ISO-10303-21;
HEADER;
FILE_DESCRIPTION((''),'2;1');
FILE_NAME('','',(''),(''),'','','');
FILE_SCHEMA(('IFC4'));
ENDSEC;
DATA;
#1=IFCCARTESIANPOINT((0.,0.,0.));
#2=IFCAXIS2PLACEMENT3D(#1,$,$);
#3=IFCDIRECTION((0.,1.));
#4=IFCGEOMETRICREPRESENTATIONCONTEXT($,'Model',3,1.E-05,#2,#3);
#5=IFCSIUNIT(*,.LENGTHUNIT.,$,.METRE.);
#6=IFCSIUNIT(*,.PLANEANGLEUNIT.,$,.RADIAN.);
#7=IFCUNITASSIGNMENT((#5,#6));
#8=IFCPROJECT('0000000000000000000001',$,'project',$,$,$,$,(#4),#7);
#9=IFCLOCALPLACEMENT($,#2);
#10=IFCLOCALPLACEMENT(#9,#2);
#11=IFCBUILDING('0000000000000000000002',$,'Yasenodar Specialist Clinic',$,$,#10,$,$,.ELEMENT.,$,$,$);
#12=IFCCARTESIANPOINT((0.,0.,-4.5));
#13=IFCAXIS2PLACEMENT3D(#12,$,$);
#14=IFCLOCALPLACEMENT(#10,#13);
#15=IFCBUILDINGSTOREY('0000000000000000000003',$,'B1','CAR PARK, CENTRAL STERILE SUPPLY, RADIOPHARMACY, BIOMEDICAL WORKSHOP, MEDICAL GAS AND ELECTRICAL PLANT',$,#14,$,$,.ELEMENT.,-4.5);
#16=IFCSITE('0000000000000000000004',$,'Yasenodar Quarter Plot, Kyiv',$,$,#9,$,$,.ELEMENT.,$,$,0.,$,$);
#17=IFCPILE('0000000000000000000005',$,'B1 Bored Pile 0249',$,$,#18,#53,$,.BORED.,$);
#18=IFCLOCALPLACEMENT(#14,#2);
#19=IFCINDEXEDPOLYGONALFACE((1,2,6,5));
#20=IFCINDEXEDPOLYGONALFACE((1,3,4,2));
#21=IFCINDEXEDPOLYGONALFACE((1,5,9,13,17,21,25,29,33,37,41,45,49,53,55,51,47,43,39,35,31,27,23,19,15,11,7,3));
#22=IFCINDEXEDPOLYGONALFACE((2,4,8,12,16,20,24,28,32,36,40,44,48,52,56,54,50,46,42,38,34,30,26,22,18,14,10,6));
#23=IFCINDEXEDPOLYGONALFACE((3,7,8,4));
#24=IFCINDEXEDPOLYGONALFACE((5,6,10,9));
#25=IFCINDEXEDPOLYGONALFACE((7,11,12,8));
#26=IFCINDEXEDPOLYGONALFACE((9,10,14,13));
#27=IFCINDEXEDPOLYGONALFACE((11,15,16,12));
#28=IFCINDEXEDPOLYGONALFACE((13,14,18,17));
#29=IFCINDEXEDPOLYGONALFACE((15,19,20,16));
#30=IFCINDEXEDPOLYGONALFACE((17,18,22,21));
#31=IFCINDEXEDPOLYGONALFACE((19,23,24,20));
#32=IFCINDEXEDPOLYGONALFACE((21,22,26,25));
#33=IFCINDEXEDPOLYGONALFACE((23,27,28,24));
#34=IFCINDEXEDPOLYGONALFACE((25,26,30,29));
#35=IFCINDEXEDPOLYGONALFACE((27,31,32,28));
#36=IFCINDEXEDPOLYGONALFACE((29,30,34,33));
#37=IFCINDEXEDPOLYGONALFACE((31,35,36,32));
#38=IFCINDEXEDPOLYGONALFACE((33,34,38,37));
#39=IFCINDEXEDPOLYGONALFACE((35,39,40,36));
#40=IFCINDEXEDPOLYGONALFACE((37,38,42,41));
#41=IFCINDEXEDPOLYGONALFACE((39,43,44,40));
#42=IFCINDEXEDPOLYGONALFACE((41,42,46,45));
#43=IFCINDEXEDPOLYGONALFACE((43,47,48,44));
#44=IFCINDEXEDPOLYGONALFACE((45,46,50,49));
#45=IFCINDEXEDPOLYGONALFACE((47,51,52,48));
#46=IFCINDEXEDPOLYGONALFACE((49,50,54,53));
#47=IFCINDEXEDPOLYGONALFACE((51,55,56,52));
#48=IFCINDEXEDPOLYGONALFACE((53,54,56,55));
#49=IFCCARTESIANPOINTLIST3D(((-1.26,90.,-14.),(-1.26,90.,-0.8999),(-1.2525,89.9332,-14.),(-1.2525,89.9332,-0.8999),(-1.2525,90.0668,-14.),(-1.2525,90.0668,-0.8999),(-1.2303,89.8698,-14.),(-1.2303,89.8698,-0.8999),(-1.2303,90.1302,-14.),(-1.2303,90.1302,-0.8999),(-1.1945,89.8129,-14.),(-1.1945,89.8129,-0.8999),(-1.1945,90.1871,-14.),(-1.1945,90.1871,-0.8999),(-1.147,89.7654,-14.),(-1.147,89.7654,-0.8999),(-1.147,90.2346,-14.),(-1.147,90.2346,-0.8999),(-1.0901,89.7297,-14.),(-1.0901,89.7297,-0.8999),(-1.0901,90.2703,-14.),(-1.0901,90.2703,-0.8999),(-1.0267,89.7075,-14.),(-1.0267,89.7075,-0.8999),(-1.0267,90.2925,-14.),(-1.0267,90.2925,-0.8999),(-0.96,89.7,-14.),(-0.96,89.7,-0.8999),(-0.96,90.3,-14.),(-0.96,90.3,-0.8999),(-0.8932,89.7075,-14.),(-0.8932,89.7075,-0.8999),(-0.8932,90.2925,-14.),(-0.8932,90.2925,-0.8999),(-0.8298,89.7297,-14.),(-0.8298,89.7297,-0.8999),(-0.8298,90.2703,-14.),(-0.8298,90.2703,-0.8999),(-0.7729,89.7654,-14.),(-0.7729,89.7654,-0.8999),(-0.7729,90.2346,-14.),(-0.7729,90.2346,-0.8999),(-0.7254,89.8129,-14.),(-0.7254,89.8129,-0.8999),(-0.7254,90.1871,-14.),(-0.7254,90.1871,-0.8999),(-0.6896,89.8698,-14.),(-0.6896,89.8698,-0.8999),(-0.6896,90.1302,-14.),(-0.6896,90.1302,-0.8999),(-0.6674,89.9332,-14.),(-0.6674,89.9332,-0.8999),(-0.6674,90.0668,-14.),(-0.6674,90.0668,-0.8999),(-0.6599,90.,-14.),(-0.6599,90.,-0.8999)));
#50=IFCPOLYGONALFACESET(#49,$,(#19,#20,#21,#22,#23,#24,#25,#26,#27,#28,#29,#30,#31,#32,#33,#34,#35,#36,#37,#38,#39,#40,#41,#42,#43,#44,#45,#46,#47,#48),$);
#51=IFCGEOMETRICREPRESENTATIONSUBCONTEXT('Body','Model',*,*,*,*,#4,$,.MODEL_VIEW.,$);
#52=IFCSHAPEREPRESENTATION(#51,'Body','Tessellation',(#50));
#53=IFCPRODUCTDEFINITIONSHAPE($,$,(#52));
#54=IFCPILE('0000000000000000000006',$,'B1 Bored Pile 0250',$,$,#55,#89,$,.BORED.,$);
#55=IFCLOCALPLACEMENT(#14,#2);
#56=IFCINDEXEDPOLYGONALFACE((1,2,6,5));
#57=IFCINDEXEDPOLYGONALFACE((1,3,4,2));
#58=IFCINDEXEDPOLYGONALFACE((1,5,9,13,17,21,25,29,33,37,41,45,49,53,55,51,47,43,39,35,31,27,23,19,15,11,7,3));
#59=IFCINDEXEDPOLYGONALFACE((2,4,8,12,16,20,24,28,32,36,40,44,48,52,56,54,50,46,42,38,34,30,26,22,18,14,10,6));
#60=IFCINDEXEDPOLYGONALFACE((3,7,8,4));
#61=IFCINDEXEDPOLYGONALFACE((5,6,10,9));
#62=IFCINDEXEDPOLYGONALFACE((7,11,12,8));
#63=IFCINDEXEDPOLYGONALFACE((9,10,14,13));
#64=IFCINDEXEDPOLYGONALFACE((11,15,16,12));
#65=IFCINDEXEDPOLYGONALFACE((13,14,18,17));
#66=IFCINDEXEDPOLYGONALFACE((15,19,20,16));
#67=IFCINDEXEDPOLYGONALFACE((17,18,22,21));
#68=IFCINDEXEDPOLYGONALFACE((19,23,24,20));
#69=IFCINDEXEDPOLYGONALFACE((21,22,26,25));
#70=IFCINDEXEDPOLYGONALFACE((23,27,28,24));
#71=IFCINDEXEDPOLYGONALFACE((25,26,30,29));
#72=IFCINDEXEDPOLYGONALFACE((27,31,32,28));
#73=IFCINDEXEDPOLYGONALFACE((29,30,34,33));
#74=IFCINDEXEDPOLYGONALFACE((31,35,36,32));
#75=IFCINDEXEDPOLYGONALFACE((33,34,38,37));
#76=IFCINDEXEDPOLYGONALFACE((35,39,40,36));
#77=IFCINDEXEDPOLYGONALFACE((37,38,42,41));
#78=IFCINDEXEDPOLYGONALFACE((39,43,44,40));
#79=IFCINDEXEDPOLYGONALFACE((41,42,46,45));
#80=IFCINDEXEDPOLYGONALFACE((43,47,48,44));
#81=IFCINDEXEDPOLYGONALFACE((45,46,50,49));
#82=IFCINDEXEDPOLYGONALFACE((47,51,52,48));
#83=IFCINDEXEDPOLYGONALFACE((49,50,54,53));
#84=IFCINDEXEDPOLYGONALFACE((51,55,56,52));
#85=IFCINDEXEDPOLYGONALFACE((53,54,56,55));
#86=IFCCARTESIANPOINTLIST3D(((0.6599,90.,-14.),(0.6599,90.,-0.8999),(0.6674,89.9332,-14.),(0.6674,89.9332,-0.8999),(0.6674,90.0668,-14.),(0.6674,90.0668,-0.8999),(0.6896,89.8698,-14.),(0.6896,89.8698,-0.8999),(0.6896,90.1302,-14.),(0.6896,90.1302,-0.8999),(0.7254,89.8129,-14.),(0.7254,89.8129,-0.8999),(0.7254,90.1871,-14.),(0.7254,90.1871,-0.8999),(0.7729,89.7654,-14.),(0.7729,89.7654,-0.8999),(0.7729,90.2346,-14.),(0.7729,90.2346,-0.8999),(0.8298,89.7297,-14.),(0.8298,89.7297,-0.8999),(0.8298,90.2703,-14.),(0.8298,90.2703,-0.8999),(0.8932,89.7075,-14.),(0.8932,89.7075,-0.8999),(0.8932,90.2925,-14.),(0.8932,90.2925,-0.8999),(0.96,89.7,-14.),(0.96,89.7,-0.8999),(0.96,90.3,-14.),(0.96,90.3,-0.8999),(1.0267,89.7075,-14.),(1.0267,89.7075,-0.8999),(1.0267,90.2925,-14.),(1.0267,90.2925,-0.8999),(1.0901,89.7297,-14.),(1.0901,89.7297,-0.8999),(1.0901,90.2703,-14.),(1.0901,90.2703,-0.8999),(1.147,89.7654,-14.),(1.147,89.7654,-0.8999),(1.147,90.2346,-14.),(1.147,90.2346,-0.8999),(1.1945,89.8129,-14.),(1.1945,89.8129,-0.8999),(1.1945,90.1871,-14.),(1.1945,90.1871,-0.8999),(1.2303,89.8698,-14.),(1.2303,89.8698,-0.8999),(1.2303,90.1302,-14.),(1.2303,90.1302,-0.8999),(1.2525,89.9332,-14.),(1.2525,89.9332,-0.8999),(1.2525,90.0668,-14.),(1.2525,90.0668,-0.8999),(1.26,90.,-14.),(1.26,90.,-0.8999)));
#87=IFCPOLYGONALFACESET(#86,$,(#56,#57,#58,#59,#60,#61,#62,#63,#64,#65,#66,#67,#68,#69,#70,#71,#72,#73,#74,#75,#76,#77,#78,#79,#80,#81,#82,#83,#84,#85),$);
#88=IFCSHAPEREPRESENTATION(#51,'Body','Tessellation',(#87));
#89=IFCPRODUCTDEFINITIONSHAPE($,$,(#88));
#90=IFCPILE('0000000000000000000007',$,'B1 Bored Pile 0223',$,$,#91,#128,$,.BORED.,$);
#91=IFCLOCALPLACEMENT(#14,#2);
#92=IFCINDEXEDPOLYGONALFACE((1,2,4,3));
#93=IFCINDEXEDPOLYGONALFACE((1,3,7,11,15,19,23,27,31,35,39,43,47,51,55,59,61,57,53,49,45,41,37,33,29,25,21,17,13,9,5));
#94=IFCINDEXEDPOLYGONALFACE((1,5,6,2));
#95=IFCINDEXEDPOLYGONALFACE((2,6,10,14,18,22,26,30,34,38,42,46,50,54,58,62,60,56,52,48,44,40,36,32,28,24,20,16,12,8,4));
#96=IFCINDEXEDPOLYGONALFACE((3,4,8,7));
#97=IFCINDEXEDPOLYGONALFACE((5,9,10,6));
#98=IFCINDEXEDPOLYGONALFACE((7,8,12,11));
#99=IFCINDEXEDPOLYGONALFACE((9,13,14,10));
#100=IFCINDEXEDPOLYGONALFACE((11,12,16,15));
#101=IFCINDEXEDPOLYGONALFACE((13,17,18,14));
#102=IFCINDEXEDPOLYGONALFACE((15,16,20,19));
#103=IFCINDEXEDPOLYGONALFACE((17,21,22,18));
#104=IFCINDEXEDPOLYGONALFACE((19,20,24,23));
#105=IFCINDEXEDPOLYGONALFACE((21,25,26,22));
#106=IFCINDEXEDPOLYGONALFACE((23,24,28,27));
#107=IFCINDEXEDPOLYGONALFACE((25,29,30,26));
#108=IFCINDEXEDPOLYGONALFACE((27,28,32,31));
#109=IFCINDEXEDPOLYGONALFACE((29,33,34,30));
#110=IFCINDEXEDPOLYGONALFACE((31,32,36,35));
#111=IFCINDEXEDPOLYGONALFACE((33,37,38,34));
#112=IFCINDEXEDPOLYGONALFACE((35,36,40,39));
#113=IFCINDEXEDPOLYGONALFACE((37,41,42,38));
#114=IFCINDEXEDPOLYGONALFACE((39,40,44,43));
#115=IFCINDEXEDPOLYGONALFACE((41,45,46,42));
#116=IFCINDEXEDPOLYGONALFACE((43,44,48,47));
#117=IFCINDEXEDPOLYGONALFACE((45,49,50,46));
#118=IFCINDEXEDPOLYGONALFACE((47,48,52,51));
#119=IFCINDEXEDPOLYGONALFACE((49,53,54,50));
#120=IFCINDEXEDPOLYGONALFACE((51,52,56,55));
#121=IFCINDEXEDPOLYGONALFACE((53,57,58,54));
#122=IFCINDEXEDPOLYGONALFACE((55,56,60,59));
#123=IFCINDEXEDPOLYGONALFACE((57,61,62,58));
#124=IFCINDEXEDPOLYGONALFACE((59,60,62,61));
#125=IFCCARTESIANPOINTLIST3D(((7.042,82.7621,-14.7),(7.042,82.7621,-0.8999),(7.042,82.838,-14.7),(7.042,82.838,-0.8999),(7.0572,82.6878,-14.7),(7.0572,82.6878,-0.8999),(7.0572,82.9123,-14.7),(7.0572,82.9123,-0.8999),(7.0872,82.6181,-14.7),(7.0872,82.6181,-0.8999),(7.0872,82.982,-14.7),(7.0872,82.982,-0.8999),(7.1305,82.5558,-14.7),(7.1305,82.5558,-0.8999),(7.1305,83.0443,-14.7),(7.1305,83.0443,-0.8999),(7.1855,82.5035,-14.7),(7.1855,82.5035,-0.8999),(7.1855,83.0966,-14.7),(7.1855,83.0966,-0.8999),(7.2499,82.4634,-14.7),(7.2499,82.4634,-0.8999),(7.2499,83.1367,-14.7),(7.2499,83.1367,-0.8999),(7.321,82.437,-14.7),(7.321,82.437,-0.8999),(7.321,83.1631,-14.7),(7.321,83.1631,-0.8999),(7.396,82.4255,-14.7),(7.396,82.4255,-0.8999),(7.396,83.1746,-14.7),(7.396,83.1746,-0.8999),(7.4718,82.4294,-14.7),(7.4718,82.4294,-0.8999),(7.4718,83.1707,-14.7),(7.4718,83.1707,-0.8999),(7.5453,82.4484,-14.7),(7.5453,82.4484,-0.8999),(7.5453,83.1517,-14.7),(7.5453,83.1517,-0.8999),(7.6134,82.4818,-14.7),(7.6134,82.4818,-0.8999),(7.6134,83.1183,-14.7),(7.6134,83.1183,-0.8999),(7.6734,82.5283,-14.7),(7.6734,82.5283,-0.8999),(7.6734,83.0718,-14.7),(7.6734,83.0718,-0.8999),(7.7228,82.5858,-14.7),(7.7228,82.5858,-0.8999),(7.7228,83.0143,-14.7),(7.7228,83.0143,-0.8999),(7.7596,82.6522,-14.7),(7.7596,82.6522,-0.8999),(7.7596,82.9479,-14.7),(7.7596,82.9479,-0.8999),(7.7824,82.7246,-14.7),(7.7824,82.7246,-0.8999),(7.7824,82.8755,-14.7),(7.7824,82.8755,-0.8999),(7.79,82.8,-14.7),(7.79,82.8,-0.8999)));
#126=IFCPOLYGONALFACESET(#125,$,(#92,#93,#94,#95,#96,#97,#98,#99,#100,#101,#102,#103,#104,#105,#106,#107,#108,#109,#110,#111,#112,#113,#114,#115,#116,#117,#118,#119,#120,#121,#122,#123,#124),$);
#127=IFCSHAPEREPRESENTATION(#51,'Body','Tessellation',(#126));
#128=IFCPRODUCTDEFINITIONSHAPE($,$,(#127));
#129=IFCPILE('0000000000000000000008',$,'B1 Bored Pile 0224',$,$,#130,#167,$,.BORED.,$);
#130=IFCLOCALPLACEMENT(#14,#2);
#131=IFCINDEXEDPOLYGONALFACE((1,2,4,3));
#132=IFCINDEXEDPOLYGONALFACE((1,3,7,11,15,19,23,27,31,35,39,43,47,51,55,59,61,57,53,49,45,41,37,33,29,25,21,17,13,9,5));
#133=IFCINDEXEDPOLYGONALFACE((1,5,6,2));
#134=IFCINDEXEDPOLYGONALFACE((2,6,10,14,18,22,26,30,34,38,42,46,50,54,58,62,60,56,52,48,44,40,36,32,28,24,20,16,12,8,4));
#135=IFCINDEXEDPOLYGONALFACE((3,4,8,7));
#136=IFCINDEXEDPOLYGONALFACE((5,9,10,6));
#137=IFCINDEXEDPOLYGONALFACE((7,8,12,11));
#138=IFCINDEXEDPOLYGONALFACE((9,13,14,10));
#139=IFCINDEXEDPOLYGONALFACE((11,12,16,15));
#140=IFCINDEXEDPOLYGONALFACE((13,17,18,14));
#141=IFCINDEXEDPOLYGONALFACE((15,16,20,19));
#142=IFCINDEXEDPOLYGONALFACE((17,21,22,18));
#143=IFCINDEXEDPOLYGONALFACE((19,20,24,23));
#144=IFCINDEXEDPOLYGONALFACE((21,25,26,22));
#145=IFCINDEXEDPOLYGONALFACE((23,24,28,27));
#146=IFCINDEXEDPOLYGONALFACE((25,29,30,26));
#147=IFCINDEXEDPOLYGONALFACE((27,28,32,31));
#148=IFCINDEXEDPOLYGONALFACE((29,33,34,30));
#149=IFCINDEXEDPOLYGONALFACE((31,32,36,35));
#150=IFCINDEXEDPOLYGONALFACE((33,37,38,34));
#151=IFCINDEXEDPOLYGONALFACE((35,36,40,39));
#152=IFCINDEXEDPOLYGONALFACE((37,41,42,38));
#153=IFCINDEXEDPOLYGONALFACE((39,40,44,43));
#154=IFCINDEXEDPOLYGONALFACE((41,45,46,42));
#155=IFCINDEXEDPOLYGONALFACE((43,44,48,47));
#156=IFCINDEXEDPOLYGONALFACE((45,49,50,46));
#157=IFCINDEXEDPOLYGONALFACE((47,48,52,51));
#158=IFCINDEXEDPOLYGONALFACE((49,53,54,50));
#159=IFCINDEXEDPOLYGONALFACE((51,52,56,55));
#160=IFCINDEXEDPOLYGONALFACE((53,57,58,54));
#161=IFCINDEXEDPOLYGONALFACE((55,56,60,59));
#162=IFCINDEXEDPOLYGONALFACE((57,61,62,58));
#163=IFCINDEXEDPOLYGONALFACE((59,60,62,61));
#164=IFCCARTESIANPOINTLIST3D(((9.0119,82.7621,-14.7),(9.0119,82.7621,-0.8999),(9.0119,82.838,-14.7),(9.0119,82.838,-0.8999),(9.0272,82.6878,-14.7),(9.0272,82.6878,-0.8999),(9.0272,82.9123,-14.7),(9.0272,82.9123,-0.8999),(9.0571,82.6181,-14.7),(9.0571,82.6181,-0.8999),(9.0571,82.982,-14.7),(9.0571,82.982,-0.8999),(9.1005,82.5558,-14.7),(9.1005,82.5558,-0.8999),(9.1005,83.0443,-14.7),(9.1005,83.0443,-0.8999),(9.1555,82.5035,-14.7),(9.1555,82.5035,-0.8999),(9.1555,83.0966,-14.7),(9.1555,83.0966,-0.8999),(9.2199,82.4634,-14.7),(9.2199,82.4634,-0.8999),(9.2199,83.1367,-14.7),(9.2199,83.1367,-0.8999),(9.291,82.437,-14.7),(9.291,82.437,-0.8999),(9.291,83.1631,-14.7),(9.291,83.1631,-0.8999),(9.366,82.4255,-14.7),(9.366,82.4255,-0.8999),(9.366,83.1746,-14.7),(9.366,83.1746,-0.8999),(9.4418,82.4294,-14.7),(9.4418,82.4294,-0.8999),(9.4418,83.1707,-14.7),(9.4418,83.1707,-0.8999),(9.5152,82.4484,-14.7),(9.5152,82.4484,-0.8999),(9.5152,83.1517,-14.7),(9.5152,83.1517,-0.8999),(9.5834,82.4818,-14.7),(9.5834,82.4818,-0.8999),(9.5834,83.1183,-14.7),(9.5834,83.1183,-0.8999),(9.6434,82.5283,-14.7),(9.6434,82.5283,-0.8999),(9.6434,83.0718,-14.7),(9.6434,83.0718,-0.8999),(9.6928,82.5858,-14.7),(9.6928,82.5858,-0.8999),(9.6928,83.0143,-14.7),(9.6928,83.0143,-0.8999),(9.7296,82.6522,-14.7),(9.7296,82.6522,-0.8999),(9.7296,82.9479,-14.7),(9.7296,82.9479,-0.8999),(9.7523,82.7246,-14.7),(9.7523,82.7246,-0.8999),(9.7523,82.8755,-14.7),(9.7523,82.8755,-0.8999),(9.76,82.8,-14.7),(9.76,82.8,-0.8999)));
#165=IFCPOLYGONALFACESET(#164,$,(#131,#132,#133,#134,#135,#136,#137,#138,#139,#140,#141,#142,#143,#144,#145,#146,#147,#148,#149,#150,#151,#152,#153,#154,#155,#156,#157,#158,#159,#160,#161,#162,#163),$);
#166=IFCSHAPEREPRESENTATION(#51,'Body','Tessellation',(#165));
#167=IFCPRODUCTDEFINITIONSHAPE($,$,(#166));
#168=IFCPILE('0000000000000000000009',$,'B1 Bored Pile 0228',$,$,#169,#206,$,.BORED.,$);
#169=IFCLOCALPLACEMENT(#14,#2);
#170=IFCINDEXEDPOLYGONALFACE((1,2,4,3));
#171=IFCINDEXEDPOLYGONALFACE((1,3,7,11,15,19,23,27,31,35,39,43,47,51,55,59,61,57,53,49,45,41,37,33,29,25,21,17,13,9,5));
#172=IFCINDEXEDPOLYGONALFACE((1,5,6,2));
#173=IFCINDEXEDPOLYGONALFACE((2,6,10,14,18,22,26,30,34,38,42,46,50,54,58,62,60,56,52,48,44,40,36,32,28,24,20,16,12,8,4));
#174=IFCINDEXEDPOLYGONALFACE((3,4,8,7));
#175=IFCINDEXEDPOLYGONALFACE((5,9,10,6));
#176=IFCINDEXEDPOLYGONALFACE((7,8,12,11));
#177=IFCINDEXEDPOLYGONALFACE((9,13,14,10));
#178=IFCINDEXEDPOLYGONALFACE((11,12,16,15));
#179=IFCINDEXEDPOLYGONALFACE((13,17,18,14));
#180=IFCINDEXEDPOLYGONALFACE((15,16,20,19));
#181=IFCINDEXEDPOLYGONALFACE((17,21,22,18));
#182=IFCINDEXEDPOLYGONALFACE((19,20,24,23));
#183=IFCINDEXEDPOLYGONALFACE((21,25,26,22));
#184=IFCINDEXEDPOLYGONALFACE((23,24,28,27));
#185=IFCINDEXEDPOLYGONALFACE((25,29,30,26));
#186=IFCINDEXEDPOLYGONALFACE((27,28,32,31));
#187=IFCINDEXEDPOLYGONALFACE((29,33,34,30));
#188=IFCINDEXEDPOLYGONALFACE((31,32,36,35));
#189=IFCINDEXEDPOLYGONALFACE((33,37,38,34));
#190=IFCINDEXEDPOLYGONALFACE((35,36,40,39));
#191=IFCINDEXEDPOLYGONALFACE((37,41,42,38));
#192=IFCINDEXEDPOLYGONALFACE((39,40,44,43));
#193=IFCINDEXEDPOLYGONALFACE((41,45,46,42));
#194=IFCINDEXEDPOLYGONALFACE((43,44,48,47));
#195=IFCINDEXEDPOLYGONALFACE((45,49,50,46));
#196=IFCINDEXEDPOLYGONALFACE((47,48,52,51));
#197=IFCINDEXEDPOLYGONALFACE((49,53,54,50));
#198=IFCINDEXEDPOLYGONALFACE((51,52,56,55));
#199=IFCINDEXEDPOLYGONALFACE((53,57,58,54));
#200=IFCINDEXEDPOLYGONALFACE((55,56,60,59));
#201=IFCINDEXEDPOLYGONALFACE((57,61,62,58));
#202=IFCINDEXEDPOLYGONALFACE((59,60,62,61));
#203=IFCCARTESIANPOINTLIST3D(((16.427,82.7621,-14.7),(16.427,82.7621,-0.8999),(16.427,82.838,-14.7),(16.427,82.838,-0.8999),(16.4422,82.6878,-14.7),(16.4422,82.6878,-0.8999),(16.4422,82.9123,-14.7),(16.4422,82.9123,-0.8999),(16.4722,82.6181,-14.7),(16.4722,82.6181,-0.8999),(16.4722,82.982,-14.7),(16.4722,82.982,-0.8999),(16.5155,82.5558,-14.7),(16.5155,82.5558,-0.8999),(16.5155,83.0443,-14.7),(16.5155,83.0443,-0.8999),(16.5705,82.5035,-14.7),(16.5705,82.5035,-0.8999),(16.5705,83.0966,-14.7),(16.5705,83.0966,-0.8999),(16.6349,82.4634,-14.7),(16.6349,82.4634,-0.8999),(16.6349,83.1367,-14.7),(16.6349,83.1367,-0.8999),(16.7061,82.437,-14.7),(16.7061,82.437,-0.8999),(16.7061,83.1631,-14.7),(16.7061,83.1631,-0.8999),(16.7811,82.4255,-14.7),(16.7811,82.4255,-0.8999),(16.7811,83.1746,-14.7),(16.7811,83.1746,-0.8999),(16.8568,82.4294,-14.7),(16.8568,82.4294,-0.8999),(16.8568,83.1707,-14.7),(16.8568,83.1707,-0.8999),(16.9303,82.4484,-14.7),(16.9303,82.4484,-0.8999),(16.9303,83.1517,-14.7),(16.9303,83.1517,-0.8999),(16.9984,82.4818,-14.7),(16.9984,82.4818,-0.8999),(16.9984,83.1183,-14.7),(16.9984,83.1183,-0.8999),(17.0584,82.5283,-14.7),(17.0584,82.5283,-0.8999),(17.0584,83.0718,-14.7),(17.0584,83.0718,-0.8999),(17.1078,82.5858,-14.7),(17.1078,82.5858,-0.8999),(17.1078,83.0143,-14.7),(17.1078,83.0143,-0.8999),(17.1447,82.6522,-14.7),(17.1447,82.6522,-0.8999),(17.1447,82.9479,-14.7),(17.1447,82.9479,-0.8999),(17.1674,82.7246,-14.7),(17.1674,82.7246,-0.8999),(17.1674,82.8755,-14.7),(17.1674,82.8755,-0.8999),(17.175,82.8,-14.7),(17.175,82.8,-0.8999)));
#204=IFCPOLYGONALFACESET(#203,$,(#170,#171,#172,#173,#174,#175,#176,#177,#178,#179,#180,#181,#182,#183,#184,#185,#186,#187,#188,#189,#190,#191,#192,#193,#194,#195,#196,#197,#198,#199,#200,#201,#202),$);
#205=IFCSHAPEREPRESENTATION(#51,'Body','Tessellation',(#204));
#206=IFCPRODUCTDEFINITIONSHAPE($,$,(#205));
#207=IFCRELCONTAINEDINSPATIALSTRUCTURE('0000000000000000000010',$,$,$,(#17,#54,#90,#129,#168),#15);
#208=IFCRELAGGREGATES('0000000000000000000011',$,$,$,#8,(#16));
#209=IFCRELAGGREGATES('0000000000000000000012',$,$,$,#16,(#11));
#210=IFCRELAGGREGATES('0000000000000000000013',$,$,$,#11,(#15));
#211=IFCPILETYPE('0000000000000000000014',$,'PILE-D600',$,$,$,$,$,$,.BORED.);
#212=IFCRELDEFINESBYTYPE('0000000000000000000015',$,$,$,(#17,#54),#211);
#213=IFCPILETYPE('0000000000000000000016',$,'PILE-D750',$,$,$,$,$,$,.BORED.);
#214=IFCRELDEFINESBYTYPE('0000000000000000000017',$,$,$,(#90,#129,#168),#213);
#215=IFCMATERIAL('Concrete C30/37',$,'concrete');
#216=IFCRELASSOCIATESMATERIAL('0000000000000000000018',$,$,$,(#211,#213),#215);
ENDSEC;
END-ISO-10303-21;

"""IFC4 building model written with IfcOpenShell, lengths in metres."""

from ifc_helpers import new_model, si_unit, direction, frame, origin, origin_2d, place, context, subcontext, project, spatial, circle, extrude, material, material_profile, profile_set, type_object, element, save


model = new_model("IFC4")

# Units and contexts
model_context = context("Model", 3, precision=1e-05, world=origin(), true_north=direction((0.0, 1.0)))
body_context = subcontext(model_context, "Body", "Model", "MODEL_VIEW")
ifc_project = project(units=[si_unit("LENGTHUNIT", "METRE"), si_unit("PLANEANGLEUNIT", "RADIAN")], contexts=[model_context])

# Site, building, storey
site_placement = place(None, origin())
site = spatial("IfcSite", under=ifc_project, at=site_placement, Name="Yasenodar Quarter Plot, Kyiv", CompositionType="ELEMENT", RefElevation=0.0)
building_placement = place(site_placement, origin())
building = spatial("IfcBuilding", under=site, at=building_placement, Name="Yasenodar Specialist Clinic", CompositionType="ELEMENT")
storey_placement = place(building_placement, frame((0.0, 0.0, -4.5)))
storey = spatial("IfcBuildingStorey", under=building, at=storey_placement, Name="B1", Description="CAR PARK, CENTRAL STERILE SUPPLY, RADIOPHARMACY, BIOMEDICAL WORKSHOP, MEDICAL GAS AND ELECTRICAL PLANT", CompositionType="ELEMENT", Elevation=-4.5)

# Piles
ifc_material_1 = material(Name="Concrete C30/37", Category="concrete")
ifc_material_profile_1 = material_profile(ifc_material_1, circle(Radius=0.3, at=origin_2d()), Name="PILE D600")
ifc_profile_set_1 = profile_set([ifc_material_profile_1], Name="Concrete C30/37")
pile_type_1 = type_object("IfcPileType", Name="PILE-D600", PredefinedType="BORED", material=ifc_profile_set_1)
for number, where, z_axis, x_axis, name in (
    (1, (-0.96, 90.0, -0.8999), (0.0, 0.0, -1.0), (1.0, 0.0, 0.0), "B1 Bored Pile 0249"),
    (2, (0.96, 90.0, -0.8999), (0.0, 0.0, -1.0), (1.0, 0.0, 0.0), "B1 Bored Pile 0250"),
):
    element("IfcPile", number, at=place(storey_placement, frame(where, z_axis=z_axis, x_axis=x_axis)), inside=storey, type_object=pile_type_1, Name=name, PredefinedType="BORED", context=body_context, shape_type="SweptSolid", body=[
        extrude(circle(Radius=0.3, at=origin_2d()), origin(), (0.0, 0.0, 1.0), 13.1001),
    ])
ifc_material_profile_2 = material_profile(ifc_material_1, circle(Radius=0.375, at=origin_2d()), Name="PILE D750")
ifc_profile_set_2 = profile_set([ifc_material_profile_2], Name="Concrete C30/37")
pile_type_2 = type_object("IfcPileType", Name="PILE-D750", PredefinedType="BORED", material=ifc_profile_set_2)
for number, where, z_axis, x_axis, name in (
    (3, (7.415, 82.8, -0.8999), (0.0, 0.0, -1.0), (1.0, 0.0, 0.0), "B1 Bored Pile 0223"),
    (4, (9.385, 82.8, -0.8999), (0.0, 0.0, -1.0), (1.0, 0.0, 0.0), "B1 Bored Pile 0224"),
    (5, (16.8, 82.8, -0.8999), (0.0, 0.0, -1.0), (1.0, 0.0, 0.0), "B1 Bored Pile 0228"),
):
    element("IfcPile", number, at=place(storey_placement, frame(where, z_axis=z_axis, x_axis=x_axis)), inside=storey, type_object=pile_type_2, Name=name, PredefinedType="BORED", context=body_context, shape_type="SweptSolid", body=[
        extrude(circle(Radius=0.375, at=origin_2d()), origin(), (0.0, 0.0, 1.0), 13.8),
    ])

save(model, "model.ifc")
